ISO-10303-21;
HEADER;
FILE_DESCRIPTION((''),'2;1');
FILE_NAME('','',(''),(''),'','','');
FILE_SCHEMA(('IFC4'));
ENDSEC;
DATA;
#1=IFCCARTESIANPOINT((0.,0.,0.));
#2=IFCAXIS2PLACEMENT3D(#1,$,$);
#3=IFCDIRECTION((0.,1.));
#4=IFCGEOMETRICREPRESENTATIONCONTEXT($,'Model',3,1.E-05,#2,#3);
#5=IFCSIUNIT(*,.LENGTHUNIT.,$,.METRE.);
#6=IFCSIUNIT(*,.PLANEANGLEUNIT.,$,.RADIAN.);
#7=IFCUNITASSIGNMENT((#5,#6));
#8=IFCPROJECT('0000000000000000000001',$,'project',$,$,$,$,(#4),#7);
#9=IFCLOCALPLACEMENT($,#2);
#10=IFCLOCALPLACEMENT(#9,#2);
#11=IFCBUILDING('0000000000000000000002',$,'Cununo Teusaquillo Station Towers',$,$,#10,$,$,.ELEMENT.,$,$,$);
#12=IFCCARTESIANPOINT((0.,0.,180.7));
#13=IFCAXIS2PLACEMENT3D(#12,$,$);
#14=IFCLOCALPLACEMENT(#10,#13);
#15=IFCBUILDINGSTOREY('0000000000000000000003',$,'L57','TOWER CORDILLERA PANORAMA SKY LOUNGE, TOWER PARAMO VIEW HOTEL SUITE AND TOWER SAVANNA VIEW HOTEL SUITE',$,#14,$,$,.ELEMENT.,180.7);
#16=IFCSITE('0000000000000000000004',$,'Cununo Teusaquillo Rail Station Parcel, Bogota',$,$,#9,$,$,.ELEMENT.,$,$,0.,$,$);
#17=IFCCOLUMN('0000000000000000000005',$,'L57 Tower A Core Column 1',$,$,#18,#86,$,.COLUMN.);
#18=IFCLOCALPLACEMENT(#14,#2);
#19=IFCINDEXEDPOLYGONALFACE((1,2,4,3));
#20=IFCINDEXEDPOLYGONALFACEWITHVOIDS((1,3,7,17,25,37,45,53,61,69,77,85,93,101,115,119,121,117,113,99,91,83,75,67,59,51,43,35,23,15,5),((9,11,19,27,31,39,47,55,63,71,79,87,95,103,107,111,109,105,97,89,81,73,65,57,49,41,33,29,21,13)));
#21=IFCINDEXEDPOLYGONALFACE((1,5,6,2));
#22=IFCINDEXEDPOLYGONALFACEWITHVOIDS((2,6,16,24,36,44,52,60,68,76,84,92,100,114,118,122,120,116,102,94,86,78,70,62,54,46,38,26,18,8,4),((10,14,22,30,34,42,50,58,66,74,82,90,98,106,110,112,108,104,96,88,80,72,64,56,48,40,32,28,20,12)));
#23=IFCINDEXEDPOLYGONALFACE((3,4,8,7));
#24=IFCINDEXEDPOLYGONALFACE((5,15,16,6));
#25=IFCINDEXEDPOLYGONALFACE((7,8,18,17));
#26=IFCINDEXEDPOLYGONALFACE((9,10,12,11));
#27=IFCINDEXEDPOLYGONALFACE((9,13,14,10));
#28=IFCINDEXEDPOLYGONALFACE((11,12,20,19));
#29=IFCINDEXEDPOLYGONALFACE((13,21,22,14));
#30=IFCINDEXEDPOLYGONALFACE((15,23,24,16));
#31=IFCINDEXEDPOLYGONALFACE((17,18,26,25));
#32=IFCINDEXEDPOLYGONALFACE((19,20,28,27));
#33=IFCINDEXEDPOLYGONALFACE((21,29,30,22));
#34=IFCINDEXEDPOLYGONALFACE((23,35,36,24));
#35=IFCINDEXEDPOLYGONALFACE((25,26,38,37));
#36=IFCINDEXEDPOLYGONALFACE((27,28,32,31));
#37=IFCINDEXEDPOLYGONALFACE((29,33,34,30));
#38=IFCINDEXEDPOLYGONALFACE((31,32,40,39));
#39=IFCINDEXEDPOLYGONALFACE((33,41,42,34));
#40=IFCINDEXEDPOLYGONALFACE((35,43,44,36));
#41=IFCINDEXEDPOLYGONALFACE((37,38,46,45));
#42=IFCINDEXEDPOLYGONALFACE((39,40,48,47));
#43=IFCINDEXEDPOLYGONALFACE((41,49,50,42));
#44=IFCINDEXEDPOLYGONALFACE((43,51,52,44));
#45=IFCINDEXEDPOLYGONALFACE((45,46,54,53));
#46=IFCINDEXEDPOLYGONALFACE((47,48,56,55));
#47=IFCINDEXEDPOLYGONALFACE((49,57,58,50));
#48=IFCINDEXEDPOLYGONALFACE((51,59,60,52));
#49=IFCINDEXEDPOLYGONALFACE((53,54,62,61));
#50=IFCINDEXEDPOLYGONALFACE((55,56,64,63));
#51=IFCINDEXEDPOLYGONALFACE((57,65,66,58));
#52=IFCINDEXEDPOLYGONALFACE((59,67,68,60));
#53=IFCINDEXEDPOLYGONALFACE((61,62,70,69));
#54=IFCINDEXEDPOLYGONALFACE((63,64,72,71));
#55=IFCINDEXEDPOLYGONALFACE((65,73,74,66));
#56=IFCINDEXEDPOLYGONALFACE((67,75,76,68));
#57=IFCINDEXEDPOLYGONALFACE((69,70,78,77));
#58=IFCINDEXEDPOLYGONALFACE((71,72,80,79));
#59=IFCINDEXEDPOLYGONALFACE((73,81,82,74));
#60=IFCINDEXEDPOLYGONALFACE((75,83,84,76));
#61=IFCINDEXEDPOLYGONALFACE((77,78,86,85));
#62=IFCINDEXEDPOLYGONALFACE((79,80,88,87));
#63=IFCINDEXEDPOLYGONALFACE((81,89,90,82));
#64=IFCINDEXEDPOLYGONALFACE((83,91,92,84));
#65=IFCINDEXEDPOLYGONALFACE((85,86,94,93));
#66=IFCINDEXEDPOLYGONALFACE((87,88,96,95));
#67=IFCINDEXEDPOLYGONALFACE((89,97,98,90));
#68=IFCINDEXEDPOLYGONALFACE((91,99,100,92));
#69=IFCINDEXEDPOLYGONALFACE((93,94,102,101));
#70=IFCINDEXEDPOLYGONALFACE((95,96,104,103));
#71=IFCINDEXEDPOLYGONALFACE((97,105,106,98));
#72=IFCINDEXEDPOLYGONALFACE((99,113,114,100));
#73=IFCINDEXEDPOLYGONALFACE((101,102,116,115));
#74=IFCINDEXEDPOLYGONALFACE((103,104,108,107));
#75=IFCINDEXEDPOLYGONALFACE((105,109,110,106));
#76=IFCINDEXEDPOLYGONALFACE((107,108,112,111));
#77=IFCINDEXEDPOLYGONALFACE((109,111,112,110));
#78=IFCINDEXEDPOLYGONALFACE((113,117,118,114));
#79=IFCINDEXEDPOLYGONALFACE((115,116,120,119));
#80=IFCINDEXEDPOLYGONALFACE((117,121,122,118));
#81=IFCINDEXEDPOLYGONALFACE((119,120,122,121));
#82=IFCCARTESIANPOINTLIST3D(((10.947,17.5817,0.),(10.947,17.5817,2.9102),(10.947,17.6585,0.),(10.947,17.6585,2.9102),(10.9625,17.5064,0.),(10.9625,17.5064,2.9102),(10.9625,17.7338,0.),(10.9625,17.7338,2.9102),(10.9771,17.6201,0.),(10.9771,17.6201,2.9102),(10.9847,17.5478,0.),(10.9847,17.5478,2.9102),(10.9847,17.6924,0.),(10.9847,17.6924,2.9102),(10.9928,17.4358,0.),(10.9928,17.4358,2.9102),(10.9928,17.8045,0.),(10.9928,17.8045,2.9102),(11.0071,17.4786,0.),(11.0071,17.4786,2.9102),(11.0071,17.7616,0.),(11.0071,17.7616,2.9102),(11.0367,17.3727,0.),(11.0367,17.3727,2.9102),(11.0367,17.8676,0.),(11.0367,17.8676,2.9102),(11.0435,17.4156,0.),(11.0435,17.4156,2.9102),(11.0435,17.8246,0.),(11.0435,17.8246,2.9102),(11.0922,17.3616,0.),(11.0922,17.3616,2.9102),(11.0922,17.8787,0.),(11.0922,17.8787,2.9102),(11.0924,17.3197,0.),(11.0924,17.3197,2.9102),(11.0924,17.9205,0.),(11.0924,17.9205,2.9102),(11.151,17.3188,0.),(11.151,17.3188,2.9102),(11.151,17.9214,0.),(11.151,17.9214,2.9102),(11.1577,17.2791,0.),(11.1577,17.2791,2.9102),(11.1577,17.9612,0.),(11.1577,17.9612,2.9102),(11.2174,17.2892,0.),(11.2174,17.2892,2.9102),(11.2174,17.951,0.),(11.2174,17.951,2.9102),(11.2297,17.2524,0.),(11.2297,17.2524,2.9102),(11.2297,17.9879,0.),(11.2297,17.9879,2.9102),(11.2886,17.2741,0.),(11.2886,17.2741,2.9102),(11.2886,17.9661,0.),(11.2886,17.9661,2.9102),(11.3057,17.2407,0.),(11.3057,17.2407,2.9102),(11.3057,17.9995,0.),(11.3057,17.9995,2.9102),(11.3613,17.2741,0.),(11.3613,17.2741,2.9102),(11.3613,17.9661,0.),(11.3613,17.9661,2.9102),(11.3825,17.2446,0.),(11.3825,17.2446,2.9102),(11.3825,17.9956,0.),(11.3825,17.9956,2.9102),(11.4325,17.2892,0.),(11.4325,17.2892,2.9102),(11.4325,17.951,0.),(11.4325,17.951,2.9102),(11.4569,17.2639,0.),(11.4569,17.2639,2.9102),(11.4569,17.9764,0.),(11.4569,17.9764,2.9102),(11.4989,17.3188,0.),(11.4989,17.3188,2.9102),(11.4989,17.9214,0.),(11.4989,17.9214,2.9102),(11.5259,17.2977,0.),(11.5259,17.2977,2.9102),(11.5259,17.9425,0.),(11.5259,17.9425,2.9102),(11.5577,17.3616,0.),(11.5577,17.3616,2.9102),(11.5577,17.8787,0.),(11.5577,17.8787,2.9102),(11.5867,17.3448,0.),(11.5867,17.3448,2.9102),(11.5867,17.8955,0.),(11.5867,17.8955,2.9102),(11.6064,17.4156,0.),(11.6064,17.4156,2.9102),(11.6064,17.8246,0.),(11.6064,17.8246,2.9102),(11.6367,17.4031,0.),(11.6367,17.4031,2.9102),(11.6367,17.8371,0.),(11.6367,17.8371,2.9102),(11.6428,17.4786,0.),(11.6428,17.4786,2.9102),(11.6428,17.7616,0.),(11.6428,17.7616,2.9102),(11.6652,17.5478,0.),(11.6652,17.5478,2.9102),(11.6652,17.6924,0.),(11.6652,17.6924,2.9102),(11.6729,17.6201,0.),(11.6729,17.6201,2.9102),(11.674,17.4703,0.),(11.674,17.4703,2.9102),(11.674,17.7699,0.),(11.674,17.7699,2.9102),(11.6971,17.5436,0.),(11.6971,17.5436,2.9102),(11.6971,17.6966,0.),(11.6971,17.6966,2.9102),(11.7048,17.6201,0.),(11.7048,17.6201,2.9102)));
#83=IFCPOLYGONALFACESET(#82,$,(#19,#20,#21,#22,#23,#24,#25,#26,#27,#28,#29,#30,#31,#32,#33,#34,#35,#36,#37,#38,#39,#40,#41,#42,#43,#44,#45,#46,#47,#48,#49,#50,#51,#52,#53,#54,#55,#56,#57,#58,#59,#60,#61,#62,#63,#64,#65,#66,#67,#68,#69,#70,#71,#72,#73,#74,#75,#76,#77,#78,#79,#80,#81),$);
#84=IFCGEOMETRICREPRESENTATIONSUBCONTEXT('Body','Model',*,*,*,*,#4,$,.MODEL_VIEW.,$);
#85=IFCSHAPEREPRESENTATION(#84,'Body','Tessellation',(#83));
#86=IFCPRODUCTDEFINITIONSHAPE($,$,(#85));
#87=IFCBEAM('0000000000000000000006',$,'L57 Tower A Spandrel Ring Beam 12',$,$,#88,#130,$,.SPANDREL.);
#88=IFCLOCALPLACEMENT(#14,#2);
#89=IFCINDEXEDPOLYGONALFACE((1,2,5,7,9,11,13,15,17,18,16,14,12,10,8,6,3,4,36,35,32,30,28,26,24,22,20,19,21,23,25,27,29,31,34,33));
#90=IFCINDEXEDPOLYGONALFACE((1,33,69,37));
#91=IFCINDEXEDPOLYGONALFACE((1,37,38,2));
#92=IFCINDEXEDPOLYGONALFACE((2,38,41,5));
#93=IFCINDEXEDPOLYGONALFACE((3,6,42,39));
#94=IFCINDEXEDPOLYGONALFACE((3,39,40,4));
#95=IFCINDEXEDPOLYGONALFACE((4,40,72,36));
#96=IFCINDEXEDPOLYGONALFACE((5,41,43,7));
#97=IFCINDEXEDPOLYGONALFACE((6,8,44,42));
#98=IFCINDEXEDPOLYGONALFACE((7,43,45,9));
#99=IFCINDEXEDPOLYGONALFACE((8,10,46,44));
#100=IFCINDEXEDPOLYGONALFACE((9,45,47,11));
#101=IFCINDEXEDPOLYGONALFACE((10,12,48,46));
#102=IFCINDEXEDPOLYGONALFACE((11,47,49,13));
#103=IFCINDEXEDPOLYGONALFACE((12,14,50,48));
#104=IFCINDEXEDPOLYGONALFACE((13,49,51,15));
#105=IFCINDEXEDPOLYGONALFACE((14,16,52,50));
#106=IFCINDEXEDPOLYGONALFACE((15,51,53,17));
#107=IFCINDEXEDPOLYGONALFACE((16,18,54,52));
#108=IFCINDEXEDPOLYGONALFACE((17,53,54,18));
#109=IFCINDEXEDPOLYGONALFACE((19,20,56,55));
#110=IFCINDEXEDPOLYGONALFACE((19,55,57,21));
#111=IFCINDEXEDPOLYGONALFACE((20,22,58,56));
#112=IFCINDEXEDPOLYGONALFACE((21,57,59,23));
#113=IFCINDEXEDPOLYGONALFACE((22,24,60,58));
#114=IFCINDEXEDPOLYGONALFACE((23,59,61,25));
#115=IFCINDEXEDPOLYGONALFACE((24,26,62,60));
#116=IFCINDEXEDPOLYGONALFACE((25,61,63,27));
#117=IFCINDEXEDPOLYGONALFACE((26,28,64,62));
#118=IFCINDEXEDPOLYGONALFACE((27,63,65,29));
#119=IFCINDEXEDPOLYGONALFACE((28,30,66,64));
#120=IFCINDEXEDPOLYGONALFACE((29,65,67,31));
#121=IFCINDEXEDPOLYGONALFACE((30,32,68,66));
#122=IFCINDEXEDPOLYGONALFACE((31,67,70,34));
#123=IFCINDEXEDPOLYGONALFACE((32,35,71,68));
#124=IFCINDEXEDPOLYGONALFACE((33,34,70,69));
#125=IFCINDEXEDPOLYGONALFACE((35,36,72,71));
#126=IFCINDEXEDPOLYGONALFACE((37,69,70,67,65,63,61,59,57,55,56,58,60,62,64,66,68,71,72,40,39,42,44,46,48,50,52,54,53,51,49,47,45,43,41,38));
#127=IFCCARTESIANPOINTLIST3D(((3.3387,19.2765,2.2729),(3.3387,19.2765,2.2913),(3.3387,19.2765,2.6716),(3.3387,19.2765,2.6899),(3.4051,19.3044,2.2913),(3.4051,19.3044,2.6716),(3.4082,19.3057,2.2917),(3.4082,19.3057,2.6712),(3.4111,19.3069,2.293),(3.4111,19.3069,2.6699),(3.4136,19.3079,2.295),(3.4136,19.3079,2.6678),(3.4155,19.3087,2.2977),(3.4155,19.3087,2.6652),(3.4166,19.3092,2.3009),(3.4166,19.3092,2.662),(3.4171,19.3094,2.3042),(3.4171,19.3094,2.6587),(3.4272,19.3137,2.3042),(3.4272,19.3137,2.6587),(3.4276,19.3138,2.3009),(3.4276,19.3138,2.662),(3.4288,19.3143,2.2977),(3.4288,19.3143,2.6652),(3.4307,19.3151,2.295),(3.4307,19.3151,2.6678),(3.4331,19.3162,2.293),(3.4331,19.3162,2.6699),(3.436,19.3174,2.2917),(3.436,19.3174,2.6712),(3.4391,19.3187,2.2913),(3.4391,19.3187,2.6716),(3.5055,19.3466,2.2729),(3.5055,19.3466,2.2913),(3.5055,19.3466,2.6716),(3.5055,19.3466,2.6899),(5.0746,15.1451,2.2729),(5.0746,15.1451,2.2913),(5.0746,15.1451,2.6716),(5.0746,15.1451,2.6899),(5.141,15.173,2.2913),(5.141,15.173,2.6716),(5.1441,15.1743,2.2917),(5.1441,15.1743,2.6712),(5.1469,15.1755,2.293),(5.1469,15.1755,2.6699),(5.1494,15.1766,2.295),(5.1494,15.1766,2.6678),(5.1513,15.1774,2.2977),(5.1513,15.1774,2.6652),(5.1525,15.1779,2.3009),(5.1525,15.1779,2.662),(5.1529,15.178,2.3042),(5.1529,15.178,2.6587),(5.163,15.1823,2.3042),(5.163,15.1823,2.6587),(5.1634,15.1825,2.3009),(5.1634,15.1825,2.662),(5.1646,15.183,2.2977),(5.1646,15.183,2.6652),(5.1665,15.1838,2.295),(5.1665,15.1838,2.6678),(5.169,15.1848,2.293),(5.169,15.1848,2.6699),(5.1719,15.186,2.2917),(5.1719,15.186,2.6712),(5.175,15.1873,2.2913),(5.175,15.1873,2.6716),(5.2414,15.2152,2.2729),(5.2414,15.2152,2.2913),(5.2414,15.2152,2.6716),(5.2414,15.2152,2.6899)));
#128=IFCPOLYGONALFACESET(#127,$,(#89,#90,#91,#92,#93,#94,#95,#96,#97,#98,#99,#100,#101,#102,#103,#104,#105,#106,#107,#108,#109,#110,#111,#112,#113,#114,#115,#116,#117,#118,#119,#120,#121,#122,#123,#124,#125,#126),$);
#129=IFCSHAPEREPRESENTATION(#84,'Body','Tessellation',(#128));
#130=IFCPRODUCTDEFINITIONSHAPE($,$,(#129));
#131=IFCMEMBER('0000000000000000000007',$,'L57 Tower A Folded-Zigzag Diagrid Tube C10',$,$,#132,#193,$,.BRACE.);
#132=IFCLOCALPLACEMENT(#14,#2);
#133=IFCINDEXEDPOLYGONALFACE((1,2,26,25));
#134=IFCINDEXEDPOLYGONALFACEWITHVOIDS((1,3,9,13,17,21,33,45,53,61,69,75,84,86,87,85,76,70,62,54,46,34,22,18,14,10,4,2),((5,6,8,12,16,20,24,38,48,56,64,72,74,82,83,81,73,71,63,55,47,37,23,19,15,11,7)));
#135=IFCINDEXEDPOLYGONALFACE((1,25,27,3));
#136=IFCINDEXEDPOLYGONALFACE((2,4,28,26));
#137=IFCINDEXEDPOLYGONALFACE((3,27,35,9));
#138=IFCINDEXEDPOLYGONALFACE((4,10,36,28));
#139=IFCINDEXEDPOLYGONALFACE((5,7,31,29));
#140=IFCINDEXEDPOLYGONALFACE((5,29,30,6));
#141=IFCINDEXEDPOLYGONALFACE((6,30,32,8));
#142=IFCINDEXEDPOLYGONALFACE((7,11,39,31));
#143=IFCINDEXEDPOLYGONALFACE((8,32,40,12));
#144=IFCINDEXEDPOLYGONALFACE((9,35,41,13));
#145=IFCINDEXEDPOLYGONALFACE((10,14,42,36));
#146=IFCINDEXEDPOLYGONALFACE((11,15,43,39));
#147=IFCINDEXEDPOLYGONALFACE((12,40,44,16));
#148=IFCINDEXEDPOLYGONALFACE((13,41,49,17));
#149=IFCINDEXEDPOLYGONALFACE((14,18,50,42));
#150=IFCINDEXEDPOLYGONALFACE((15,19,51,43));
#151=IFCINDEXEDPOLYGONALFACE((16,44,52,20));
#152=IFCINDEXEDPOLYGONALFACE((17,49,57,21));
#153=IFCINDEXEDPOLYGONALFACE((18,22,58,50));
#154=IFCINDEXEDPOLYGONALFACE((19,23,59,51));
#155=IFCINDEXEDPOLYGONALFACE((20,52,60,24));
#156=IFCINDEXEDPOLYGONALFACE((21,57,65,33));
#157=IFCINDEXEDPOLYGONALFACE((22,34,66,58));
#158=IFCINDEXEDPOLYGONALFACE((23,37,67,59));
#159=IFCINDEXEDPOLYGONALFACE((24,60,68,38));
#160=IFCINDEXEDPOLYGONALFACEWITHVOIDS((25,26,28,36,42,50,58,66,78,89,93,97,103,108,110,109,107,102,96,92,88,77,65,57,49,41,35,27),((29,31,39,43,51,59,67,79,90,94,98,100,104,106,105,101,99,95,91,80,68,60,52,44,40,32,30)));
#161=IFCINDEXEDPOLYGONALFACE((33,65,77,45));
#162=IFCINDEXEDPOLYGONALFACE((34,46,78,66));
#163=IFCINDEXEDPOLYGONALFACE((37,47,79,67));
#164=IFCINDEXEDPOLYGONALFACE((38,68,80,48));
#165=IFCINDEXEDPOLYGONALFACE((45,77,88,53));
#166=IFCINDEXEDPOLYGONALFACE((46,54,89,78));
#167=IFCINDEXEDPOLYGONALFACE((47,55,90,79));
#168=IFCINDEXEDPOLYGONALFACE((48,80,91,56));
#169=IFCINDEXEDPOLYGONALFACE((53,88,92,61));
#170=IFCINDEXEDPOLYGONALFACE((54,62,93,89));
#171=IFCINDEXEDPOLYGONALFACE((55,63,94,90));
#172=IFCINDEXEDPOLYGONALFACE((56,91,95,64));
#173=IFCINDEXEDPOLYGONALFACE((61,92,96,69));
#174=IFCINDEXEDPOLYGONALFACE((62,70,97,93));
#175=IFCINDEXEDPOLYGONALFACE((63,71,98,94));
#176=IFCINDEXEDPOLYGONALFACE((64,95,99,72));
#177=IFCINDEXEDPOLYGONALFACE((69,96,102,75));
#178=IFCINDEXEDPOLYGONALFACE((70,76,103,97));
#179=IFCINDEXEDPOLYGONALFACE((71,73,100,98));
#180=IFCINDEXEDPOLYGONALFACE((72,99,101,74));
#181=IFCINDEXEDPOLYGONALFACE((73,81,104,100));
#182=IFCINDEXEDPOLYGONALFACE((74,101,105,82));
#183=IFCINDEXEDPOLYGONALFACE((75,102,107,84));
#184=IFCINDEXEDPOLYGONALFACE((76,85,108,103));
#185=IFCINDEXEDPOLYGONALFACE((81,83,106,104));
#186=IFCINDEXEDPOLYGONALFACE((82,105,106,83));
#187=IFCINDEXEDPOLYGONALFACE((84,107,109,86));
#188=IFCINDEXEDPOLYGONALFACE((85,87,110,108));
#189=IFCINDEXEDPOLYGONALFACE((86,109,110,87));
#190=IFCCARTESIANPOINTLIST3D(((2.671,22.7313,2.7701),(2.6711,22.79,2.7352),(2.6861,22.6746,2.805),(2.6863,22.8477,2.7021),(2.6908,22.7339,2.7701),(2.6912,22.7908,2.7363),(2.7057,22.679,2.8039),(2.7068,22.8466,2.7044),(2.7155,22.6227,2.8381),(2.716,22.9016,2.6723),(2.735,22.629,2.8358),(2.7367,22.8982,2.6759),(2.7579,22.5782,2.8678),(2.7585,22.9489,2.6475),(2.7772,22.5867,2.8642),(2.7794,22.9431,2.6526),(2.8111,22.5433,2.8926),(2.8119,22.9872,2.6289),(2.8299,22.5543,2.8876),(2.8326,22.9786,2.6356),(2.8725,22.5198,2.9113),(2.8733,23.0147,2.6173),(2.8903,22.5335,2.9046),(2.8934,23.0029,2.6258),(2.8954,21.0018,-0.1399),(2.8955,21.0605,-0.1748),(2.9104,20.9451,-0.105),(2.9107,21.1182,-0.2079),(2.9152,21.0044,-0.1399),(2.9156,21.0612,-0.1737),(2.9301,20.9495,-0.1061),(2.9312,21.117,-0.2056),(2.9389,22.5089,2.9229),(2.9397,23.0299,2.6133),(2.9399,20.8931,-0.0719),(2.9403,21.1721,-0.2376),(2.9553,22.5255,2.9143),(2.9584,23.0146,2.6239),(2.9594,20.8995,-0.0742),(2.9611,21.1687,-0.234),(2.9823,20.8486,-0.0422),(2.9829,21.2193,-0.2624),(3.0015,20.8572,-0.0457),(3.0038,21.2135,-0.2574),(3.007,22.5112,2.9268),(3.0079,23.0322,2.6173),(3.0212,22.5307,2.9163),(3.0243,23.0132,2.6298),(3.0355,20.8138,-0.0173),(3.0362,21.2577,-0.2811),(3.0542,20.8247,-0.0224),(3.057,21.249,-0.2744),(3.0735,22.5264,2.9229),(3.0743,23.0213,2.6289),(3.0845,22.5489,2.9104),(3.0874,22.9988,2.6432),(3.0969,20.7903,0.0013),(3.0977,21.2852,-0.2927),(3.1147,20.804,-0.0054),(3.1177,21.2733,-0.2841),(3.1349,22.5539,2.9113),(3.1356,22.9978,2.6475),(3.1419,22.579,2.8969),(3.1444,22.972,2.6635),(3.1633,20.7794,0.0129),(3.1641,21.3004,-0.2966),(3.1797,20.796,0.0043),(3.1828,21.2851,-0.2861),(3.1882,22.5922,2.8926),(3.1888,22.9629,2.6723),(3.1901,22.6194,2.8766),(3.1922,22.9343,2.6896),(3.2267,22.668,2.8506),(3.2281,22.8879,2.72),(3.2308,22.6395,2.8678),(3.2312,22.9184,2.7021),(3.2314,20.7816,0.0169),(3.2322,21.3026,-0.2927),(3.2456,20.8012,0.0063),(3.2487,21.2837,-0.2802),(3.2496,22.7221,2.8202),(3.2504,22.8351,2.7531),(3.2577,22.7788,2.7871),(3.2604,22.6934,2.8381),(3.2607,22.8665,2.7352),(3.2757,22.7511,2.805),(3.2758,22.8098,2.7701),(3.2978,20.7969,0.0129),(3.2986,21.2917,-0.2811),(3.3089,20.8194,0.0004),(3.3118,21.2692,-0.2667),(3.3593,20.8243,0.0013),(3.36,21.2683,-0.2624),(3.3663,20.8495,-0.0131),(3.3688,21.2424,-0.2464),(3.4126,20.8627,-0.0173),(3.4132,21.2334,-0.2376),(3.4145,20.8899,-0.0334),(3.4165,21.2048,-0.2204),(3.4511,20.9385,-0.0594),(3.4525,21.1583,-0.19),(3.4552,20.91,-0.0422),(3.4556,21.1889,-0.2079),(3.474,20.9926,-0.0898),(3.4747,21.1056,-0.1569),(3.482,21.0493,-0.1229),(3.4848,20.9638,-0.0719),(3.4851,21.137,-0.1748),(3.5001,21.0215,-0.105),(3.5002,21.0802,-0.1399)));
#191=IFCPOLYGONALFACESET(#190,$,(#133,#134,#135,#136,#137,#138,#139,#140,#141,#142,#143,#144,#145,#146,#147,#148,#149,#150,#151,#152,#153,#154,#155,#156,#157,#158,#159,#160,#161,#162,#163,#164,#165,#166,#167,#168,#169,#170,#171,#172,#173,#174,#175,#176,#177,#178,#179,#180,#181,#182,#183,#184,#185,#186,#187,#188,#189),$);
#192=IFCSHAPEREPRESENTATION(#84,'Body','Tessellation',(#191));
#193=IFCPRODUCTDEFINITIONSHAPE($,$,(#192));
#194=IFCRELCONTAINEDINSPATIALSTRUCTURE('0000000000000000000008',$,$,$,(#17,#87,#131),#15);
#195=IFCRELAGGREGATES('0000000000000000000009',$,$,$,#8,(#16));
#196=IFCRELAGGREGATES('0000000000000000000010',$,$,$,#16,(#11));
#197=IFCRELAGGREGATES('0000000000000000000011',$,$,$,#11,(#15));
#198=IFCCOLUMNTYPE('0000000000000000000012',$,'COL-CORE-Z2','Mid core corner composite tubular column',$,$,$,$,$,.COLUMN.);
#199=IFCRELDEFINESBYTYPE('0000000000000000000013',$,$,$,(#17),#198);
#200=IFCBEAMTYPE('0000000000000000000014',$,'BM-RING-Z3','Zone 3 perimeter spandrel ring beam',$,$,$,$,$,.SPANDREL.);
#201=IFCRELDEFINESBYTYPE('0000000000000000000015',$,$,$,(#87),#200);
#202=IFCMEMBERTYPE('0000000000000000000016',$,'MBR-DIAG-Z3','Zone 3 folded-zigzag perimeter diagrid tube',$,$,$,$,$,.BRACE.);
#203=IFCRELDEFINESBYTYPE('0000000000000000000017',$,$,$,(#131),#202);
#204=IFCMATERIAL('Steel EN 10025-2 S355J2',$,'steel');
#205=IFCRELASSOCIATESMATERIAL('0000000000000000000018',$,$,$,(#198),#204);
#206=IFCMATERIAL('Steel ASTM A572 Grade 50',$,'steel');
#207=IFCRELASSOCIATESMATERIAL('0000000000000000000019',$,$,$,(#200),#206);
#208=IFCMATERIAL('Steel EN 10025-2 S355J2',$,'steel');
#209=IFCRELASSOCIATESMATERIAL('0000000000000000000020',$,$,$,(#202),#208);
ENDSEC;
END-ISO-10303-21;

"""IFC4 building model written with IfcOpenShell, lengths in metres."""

from ifc_helpers import new_model, si_unit, direction, frame, origin, origin_2d, place, context, subcontext, project, spatial, hollow_circle, i_section, extrude, material, material_profile, profile_set, type_object, element, save


model = new_model("IFC4")

# Units and contexts
model_context = context("Model", 3, precision=1e-05, world=origin(), true_north=direction((0.0, 1.0)))
body_context = subcontext(model_context, "Body", "Model", "MODEL_VIEW")
ifc_project = project(units=[si_unit("LENGTHUNIT", "METRE"), si_unit("PLANEANGLEUNIT", "RADIAN")], contexts=[model_context])

# Site, building, storey
site_placement = place(None, origin())
site = spatial("IfcSite", under=ifc_project, at=site_placement, Name="Cununo Teusaquillo Rail Station Parcel, Bogota", CompositionType="ELEMENT", RefElevation=0.0)
building_placement = place(site_placement, origin())
building = spatial("IfcBuilding", under=site, at=building_placement, Name="Cununo Teusaquillo Station Towers", CompositionType="ELEMENT")
storey_placement = place(building_placement, frame((0.0, 0.0, 180.7)))
storey = spatial("IfcBuildingStorey", under=building, at=storey_placement, Name="L57", Description="TOWER CORDILLERA PANORAMA SKY LOUNGE, TOWER PARAMO VIEW HOTEL SUITE AND TOWER SAVANNA VIEW HOTEL SUITE", CompositionType="ELEMENT", Elevation=180.7)

# Column
ifc_material_1 = material(Name="Steel EN 10025-2 S355J2", Category="steel")
ifc_material_profile_1 = material_profile(ifc_material_1, hollow_circle(Radius=0.3799, WallThickness=0.032, at=origin_2d()), Name="CHS 760x32")
ifc_profile_set_1 = profile_set([ifc_material_profile_1], Name="Steel EN 10025-2 S355J2")
column_type = type_object("IfcColumnType", Name="COL-CORE-Z2", Description="Mid core corner composite tubular column", PredefinedType="COLUMN", material=ifc_profile_set_1)
column_placement = place(storey_placement, frame((11.325, 17.6201, 0.0), z_axis=(0.0, 0.0, 1.0), x_axis=(1.0, 0.0, 0.0)))
element("IfcColumn", 1, at=column_placement, inside=storey, type_object=column_type, Name="L57 Tower A Core Column 1", PredefinedType="COLUMN", context=body_context, shape_type="SweptSolid", body=[
    extrude(hollow_circle(Radius=0.3799, WallThickness=0.032, at=origin_2d()), origin(), (0.0, 0.0, 1.0), 2.9102),
])

# Beam
ifc_material_2 = material(Name="Steel ASTM A572 Grade 50", Category="steel")
ifc_material_profile_2 = material_profile(ifc_material_2, i_section(OverallWidth=0.1809, OverallDepth=0.417, WebThickness=0.011, FlangeThickness=0.0183, FilletRadius=0.0129, at=origin_2d()), Name="W16X57")
ifc_profile_set_2 = profile_set([ifc_material_profile_2], Name="Steel ASTM A572 Grade 50")
beam_type = type_object("IfcBeamType", Name="BM-RING-Z3", Description="Zone 3 perimeter spandrel ring beam", PredefinedType="SPANDREL", material=ifc_profile_set_2)
beam_placement = place(storey_placement, frame((3.4221, 19.3115, 2.4814), z_axis=(0.38736, -0.921928, 0.0), x_axis=(0.921928, 0.38736, 0.0)))
element("IfcBeam", 2, at=beam_placement, inside=storey, type_object=beam_type, Name="L57 Tower A Spandrel Ring Beam 12", PredefinedType="SPANDREL", context=body_context, shape_type="SweptSolid", body=[
    extrude(i_section(OverallWidth=0.1809, OverallDepth=0.417, WebThickness=0.011, FlangeThickness=0.0183, FilletRadius=0.0129, at=origin_2d()), origin(), (0.0, 0.0, 1.0), 4.4812),
])

# Member
ifc_material_3 = material(Name="Steel EN 10025-2 S355J2", Category="steel")
ifc_material_profile_3 = material_profile(ifc_material_3, hollow_circle(Radius=0.3049, WallThickness=0.02, at=origin_2d()), Name="CHS 610x20")
ifc_profile_set_3 = profile_set([ifc_material_profile_3], Name="Steel EN 10025-2 S355J2")
member_type = type_object("IfcMemberType", Name="MBR-DIAG-Z3", Description="Zone 3 folded-zigzag perimeter diagrid tube", PredefinedType="BRACE", material=ifc_profile_set_3)
member_placement = place(storey_placement, frame((3.1978, 21.041, -0.1399), z_axis=(-0.066136, 0.509798, 0.857748), x_axis=(-0.99169, -0.128651, 0.0)))
element("IfcMember", 3, at=member_placement, inside=storey, type_object=member_type, Name="L57 Tower A Folded-Zigzag Diagrid Tube C10", PredefinedType="BRACE", context=body_context, shape_type="SweptSolid", body=[
    extrude(hollow_circle(Radius=0.3049, WallThickness=0.02, at=origin_2d()), origin(), (0.0, 0.0, 1.0), 3.3926),
])

save(model, "model.ifc")
